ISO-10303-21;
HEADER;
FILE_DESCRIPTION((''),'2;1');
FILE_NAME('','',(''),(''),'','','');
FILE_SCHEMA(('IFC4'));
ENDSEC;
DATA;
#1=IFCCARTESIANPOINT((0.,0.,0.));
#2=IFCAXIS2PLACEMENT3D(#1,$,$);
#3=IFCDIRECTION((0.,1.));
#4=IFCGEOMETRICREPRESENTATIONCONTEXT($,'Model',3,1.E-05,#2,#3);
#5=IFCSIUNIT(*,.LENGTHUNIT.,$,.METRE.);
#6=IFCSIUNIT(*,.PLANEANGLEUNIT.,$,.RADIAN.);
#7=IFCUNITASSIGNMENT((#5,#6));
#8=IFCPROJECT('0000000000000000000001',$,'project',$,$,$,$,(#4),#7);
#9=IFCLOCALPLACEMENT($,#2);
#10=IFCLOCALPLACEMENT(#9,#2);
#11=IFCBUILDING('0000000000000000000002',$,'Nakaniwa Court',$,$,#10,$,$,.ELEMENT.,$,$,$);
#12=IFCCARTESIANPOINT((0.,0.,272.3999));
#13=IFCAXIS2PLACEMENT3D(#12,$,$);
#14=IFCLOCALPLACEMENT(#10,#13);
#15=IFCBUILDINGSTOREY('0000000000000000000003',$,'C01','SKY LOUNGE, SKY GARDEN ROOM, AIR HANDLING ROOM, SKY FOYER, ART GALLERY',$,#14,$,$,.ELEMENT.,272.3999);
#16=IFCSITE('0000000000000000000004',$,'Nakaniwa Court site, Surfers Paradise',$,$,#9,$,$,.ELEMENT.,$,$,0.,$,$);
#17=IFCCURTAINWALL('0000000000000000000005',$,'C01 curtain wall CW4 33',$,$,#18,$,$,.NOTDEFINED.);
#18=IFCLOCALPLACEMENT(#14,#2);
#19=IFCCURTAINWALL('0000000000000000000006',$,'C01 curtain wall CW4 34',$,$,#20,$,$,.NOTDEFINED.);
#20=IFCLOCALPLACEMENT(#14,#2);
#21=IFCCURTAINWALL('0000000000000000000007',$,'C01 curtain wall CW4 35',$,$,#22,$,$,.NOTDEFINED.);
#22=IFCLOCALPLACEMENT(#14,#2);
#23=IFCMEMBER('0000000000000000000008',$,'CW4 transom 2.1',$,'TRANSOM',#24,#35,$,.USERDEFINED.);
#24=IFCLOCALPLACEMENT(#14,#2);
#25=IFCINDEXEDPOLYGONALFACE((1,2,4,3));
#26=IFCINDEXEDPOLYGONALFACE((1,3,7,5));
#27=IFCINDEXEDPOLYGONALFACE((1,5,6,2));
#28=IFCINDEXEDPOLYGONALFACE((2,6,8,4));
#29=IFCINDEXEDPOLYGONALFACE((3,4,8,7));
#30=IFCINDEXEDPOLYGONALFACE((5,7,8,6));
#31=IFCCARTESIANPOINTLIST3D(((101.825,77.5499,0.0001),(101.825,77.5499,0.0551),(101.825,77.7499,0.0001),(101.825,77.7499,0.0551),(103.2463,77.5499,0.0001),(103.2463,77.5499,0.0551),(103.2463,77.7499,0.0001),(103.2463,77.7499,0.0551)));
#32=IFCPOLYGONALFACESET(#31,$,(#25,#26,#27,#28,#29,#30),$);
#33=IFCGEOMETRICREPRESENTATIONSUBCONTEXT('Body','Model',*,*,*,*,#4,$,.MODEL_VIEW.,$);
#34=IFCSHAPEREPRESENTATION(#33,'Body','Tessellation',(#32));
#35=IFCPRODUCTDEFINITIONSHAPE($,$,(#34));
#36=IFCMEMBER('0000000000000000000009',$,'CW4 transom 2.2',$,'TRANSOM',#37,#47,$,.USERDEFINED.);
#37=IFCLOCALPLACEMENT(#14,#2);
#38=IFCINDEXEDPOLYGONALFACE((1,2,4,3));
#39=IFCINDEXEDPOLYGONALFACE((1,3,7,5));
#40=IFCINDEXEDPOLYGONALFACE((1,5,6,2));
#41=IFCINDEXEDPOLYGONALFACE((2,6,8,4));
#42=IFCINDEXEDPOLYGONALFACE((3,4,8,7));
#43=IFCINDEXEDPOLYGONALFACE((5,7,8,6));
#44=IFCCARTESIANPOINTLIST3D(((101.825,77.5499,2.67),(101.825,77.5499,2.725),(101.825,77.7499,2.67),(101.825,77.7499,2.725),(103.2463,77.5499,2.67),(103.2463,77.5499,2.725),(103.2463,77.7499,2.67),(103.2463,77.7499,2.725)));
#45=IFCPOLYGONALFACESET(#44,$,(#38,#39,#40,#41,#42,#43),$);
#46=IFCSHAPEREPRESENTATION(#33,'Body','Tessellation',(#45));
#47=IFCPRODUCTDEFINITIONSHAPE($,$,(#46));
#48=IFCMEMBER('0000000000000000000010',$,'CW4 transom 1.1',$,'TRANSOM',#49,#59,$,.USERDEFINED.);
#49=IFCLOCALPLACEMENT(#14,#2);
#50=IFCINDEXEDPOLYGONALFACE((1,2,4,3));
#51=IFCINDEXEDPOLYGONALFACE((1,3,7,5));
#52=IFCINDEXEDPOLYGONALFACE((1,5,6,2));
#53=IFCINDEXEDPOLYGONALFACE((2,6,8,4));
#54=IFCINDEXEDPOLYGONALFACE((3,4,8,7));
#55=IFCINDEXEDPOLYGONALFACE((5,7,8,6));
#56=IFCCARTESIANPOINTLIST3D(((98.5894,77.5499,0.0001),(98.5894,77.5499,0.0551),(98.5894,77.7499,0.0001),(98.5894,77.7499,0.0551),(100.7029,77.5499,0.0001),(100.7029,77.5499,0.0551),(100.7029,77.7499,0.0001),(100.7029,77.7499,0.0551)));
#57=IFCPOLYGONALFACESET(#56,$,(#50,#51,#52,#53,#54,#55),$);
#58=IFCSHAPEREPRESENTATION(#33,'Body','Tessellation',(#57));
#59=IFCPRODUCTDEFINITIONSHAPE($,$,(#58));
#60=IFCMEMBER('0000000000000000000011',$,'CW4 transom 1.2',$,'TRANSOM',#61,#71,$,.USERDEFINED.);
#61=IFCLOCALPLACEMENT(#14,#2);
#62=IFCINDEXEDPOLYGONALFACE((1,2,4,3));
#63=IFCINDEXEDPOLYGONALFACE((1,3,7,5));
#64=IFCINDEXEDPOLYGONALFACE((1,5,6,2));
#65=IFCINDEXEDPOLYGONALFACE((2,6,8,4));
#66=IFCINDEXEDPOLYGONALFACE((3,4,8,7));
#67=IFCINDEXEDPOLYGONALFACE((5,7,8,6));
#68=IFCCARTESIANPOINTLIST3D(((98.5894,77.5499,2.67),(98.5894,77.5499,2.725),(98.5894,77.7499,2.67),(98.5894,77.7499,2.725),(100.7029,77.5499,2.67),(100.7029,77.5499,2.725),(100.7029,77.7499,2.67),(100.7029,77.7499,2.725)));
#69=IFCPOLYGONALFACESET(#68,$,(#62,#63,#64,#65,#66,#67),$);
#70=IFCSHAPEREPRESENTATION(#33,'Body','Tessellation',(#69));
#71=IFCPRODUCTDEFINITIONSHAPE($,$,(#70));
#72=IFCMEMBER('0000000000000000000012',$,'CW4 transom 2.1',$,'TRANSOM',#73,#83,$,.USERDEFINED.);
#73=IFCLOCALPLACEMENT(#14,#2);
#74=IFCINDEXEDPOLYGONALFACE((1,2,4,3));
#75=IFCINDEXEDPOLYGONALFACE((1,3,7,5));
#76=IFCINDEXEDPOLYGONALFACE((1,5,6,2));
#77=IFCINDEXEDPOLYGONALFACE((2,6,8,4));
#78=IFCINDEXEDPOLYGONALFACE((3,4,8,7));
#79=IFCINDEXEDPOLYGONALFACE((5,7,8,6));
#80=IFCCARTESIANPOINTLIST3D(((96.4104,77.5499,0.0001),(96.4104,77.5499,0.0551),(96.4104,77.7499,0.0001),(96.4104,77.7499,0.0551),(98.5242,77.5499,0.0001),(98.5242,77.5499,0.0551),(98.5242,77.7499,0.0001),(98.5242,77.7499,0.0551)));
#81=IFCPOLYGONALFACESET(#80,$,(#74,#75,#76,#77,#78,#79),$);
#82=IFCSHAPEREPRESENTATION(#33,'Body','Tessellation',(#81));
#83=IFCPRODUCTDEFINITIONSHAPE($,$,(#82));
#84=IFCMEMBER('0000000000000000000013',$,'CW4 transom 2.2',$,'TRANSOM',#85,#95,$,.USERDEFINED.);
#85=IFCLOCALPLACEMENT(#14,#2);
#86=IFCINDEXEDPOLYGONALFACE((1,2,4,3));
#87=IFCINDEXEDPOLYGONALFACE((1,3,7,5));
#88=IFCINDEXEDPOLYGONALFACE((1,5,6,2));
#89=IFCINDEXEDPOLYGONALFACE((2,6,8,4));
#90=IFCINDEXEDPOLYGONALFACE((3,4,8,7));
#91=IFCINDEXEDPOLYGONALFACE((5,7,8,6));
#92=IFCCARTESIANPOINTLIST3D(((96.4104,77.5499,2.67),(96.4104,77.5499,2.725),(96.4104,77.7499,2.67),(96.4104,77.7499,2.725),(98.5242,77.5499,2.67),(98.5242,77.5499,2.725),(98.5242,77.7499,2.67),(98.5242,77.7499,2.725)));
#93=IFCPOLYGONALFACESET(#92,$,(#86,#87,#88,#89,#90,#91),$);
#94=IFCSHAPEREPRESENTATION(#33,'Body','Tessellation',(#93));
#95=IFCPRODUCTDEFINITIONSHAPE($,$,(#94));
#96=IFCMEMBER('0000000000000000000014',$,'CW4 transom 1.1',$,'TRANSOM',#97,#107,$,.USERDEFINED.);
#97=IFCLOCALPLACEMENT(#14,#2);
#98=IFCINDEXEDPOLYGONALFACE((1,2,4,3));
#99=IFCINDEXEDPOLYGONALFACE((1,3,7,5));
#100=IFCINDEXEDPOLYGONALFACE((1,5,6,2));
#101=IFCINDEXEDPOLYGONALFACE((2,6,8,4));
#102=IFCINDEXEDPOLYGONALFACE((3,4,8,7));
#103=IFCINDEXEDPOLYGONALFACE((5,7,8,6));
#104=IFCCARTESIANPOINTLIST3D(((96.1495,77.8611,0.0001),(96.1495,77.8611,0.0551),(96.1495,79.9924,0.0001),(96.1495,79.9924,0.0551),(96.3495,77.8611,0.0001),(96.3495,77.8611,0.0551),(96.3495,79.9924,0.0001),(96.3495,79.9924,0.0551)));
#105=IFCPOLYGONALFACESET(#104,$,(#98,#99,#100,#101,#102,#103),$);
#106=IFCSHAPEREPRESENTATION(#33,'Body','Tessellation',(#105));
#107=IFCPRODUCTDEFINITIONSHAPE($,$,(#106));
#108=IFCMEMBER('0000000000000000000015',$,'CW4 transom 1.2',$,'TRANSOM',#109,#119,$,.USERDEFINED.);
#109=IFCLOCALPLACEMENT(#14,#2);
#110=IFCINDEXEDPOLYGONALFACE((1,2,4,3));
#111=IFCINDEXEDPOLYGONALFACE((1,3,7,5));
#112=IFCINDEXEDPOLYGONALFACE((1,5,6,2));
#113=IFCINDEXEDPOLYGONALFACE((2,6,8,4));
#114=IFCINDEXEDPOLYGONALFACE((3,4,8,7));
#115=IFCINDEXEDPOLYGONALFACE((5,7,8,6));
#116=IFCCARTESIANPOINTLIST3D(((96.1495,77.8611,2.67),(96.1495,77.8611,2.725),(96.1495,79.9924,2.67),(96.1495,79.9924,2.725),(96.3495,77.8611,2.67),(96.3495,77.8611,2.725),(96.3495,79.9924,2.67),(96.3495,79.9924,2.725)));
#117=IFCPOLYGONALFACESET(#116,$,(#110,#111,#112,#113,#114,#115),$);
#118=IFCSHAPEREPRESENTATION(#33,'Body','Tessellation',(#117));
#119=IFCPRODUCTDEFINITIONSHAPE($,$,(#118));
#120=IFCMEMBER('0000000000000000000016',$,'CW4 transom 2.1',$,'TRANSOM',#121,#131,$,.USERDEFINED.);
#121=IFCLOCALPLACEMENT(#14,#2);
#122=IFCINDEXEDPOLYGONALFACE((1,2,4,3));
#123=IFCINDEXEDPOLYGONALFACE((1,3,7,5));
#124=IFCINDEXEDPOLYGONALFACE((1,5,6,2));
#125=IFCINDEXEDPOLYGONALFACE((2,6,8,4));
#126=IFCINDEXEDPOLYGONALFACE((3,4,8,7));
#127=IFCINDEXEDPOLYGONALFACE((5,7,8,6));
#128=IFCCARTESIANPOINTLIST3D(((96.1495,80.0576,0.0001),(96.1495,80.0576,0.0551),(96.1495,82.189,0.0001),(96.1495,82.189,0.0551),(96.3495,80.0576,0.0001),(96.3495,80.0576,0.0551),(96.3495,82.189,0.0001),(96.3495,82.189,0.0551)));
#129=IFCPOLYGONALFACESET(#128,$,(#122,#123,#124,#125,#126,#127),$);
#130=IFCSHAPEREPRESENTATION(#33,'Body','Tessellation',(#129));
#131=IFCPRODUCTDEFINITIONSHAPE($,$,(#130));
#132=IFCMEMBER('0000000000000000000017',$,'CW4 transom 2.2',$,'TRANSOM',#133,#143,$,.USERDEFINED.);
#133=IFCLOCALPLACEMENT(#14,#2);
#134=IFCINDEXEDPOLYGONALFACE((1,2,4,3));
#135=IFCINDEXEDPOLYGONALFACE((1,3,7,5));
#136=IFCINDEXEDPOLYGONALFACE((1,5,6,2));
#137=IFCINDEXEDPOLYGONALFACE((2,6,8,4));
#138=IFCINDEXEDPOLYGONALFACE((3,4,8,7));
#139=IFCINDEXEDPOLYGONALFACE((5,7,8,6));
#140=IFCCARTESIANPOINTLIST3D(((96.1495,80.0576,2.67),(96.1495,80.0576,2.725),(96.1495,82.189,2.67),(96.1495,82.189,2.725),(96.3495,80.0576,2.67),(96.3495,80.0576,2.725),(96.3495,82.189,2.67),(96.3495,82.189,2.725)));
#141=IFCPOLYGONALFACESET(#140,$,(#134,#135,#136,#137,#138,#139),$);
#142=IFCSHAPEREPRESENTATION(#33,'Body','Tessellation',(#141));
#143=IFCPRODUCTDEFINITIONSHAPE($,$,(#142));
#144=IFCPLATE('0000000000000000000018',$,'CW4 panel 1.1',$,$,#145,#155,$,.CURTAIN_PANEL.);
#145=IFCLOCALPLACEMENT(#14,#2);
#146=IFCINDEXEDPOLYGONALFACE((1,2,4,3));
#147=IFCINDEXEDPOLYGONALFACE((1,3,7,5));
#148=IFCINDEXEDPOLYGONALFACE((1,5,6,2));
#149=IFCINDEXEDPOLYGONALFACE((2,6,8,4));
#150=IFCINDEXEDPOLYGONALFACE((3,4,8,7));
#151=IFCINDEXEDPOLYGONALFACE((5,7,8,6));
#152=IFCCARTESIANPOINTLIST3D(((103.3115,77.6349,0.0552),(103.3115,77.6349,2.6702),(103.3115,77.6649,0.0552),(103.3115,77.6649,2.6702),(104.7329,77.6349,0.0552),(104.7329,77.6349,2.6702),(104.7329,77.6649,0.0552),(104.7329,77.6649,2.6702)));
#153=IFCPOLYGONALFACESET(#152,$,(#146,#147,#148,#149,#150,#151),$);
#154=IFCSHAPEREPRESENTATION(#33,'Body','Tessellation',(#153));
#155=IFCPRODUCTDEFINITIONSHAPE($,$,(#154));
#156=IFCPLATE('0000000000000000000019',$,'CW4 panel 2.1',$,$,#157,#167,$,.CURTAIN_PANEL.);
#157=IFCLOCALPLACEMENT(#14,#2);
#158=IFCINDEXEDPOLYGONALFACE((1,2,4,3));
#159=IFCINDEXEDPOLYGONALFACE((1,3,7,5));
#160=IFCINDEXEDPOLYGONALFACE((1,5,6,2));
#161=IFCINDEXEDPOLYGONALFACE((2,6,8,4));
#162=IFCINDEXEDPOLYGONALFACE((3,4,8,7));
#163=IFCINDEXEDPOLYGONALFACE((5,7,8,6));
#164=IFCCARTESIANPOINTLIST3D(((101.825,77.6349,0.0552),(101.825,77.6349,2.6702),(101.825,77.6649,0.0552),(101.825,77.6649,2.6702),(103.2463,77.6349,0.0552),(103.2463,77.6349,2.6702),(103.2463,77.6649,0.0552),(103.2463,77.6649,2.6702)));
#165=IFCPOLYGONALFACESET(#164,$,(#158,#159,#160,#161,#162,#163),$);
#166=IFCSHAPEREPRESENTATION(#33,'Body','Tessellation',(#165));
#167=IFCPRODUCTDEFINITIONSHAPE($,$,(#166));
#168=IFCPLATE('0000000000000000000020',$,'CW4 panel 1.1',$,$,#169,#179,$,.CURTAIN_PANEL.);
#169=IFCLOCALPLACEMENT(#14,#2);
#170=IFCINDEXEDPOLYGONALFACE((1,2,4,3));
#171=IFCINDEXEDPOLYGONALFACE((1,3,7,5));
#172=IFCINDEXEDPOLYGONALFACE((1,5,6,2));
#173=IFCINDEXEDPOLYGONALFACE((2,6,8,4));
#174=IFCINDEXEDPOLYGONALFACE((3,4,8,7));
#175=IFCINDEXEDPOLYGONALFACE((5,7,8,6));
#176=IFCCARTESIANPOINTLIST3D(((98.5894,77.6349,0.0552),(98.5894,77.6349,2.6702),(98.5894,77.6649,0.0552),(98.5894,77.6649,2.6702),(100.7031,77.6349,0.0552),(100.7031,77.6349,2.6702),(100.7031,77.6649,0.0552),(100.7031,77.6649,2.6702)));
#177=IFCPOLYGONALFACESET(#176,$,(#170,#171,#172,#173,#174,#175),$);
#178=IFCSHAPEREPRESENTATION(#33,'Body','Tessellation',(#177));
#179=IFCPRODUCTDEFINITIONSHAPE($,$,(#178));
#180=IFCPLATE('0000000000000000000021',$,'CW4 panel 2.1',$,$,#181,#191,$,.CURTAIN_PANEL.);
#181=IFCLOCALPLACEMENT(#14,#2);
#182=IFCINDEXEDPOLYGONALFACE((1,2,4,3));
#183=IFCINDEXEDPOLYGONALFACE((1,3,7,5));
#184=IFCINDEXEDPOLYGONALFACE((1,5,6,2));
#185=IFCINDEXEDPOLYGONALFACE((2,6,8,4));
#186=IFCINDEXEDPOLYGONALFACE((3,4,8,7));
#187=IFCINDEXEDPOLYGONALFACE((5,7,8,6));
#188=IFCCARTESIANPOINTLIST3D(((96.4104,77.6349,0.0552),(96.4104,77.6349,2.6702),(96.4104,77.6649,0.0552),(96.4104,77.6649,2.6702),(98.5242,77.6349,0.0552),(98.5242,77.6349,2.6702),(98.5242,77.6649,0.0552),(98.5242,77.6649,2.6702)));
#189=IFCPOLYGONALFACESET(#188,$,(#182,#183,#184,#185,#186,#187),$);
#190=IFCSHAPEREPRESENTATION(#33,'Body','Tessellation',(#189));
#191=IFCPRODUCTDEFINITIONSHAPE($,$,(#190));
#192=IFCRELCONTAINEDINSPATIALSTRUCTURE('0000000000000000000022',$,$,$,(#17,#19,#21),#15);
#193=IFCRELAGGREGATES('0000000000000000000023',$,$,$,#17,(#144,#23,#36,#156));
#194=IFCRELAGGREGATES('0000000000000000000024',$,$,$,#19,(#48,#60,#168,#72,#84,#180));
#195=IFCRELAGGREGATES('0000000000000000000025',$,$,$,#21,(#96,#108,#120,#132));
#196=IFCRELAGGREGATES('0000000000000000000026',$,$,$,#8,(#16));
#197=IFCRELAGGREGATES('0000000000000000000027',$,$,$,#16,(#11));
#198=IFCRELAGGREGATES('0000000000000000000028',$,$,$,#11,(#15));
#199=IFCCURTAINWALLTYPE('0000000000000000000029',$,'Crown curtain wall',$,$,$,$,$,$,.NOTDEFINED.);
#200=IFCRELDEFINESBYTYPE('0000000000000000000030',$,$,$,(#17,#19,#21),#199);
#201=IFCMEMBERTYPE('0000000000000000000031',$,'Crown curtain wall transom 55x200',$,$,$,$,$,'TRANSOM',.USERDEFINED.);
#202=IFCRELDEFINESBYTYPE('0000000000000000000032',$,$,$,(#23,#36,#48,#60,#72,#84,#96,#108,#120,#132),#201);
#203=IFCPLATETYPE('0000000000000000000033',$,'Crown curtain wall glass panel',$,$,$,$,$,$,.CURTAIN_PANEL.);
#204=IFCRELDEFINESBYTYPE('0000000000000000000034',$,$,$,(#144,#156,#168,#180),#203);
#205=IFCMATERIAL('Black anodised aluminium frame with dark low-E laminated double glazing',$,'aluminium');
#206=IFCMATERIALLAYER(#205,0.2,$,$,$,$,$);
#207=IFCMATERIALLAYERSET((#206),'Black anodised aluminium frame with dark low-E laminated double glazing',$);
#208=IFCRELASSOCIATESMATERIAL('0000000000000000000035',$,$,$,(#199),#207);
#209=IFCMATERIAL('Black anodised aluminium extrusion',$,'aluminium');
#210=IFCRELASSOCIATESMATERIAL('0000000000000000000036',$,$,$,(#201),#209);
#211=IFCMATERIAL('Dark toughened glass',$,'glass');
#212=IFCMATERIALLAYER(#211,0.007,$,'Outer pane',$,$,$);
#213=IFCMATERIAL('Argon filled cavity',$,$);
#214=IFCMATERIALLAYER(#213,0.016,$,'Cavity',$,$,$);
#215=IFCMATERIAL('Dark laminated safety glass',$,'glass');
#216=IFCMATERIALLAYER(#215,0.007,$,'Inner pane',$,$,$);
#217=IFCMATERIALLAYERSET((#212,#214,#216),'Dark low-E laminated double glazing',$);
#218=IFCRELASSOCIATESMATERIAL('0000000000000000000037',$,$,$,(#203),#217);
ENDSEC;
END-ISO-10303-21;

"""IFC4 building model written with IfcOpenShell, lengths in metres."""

from ifc_helpers import new_model, si_unit, direction, frame, origin, origin_2d, place, context, subcontext, project, spatial, rectangle, extrude, material, layer, layer_set, material_profile, profile_set, type_object, element, aggregate, save


model = new_model("IFC4")

# Units and contexts
model_context = context("Model", 3, precision=1e-05, world=origin(), true_north=direction((0.0, 1.0)))
body_context = subcontext(model_context, "Body", "Model", "MODEL_VIEW")
ifc_project = project(units=[si_unit("LENGTHUNIT", "METRE"), si_unit("PLANEANGLEUNIT", "RADIAN")], contexts=[model_context])

# Site, building, storey
site_placement = place(None, origin())
site = spatial("IfcSite", under=ifc_project, at=site_placement, Name="Nakaniwa Court site, Surfers Paradise", CompositionType="ELEMENT", RefElevation=0.0)
building_placement = place(site_placement, origin())
building = spatial("IfcBuilding", under=site, at=building_placement, Name="Nakaniwa Court", CompositionType="ELEMENT")
storey_placement = place(building_placement, frame((0.0, 0.0, 272.3999)))
storey = spatial("IfcBuildingStorey", under=building, at=storey_placement, Name="C01", Description="SKY LOUNGE, SKY GARDEN ROOM, AIR HANDLING ROOM, SKY FOYER, ART GALLERY", CompositionType="ELEMENT", Elevation=272.3999)

# Shared definitions
ifc_material_1 = material(Name="Black anodised aluminium frame with dark low-E laminated double glazing", Category="aluminium")
ifc_layer_1 = layer(ifc_material_1, 0.2)
ifc_layer_set_1 = layer_set([ifc_layer_1], Name="Black anodised aluminium frame with dark low-E laminated double glazing")
curtain_wall_type = type_object("IfcCurtainWallType", Name="Crown curtain wall", PredefinedType="NOTDEFINED", material=ifc_layer_set_1)
ifc_material_2 = material(Name="Black anodised aluminium extrusion", Category="aluminium")

# Curtain walls
curtain_wall_1_placement = place(storey_placement, origin())
curtain_wall_1 = element("IfcCurtainWall", 1, at=curtain_wall_1_placement, inside=storey, type_object=curtain_wall_type, Name="C01 curtain wall CW4 33", PredefinedType="NOTDEFINED")
curtain_wall_2_placement = place(storey_placement, origin())
curtain_wall_2 = element("IfcCurtainWall", 2, at=curtain_wall_2_placement, inside=storey, type_object=curtain_wall_type, Name="C01 curtain wall CW4 34", PredefinedType="NOTDEFINED")
curtain_wall_3_placement = place(storey_placement, origin())
curtain_wall_3 = element("IfcCurtainWall", 3, at=curtain_wall_3_placement, inside=storey, type_object=curtain_wall_type, Name="C01 curtain wall CW4 35", PredefinedType="NOTDEFINED")

# Members
ifc_material_profile_1 = material_profile(ifc_material_2, rectangle(XDim=0.2, YDim=0.0549, at=origin_2d()), Name="Crown curtain wall transom 55x200")
ifc_profile_set_1 = profile_set([ifc_material_profile_1], Name="Black anodised aluminium extrusion")
member_type_1 = type_object("IfcMemberType", Name="Crown curtain wall transom 55x200", ElementType="TRANSOM", PredefinedType="USERDEFINED", material=ifc_profile_set_1)
member_1_placement = place(storey_placement, frame((103.2463, 77.6499, 0.0276), z_axis=(-1.0, 0.0, 0.0), x_axis=(0.0, -1.0, 0.0)))
member_1 = element("IfcMember", 4, at=member_1_placement, type_object=member_type_1, Name="CW4 transom 2.1", ObjectType="TRANSOM", PredefinedType="USERDEFINED", context=body_context, shape_type="SweptSolid", body=[
    extrude(rectangle(XDim=0.2, YDim=0.0549, at=origin_2d()), origin(), (0.0, 0.0, 1.0), 1.4214),
])
member_2_placement = place(storey_placement, frame((103.2463, 77.6499, 2.6975), z_axis=(-1.0, 0.0, 0.0), x_axis=(0.0, -1.0, 0.0)))
member_2 = element("IfcMember", 5, at=member_2_placement, type_object=member_type_1, Name="CW4 transom 2.2", ObjectType="TRANSOM", PredefinedType="USERDEFINED", context=body_context, shape_type="SweptSolid", body=[
    extrude(rectangle(XDim=0.2, YDim=0.0549, at=origin_2d()), origin(), (0.0, 0.0, 1.0), 1.4214),
])
member_3_placement = place(storey_placement, frame((100.7029, 77.6499, 0.0276), z_axis=(-1.0, 0.0, 0.0), x_axis=(0.0, -1.0, 0.0)))
member_3 = element("IfcMember", 6, at=member_3_placement, type_object=member_type_1, Name="CW4 transom 1.1", ObjectType="TRANSOM", PredefinedType="USERDEFINED", context=body_context, shape_type="SweptSolid", body=[
    extrude(rectangle(XDim=0.2, YDim=0.0549, at=origin_2d()), origin(), (0.0, 0.0, 1.0), 2.1135),
])
member_4_placement = place(storey_placement, frame((100.7029, 77.6499, 2.6975), z_axis=(-1.0, 0.0, 0.0), x_axis=(0.0, -1.0, 0.0)))
member_4 = element("IfcMember", 7, at=member_4_placement, type_object=member_type_1, Name="CW4 transom 1.2", ObjectType="TRANSOM", PredefinedType="USERDEFINED", context=body_context, shape_type="SweptSolid", body=[
    extrude(rectangle(XDim=0.2, YDim=0.0549, at=origin_2d()), origin(), (0.0, 0.0, 1.0), 2.1135),
])
member_5_placement = place(storey_placement, frame((98.5242, 77.6499, 0.0276), z_axis=(-1.0, 0.0, 0.0), x_axis=(0.0, -1.0, 0.0)))
member_5 = element("IfcMember", 8, at=member_5_placement, type_object=member_type_1, Name="CW4 transom 2.1", ObjectType="TRANSOM", PredefinedType="USERDEFINED", context=body_context, shape_type="SweptSolid", body=[
    extrude(rectangle(XDim=0.2, YDim=0.0549, at=origin_2d()), origin(), (0.0, 0.0, 1.0), 2.1138),
])
member_6_placement = place(storey_placement, frame((98.5242, 77.6499, 2.6975), z_axis=(-1.0, 0.0, 0.0), x_axis=(0.0, -1.0, 0.0)))
member_6 = element("IfcMember", 9, at=member_6_placement, type_object=member_type_1, Name="CW4 transom 2.2", ObjectType="TRANSOM", PredefinedType="USERDEFINED", context=body_context, shape_type="SweptSolid", body=[
    extrude(rectangle(XDim=0.2, YDim=0.0549, at=origin_2d()), origin(), (0.0, 0.0, 1.0), 2.1138),
])
member_7_placement = place(storey_placement, frame((96.2495, 77.8611, 0.0276), z_axis=(0.0, 1.0, 0.0), x_axis=(-1.0, 0.0, 0.0)))
member_7 = element("IfcMember", 10, at=member_7_placement, type_object=member_type_1, Name="CW4 transom 1.1", ObjectType="TRANSOM", PredefinedType="USERDEFINED", context=body_context, shape_type="SweptSolid", body=[
    extrude(rectangle(XDim=0.2, YDim=0.0549, at=origin_2d()), origin(), (0.0, 0.0, 1.0), 2.1313),
])
member_8_placement = place(storey_placement, frame((96.2495, 77.8611, 2.6975), z_axis=(0.0, 1.0, 0.0), x_axis=(-1.0, 0.0, 0.0)))
member_8 = element("IfcMember", 11, at=member_8_placement, type_object=member_type_1, Name="CW4 transom 1.2", ObjectType="TRANSOM", PredefinedType="USERDEFINED", context=body_context, shape_type="SweptSolid", body=[
    extrude(rectangle(XDim=0.2, YDim=0.0549, at=origin_2d()), origin(), (0.0, 0.0, 1.0), 2.1313),
])
member_9_placement = place(storey_placement, frame((96.2495, 80.0576, 0.0276), z_axis=(0.0, 1.0, 0.0), x_axis=(-1.0, 0.0, 0.0)))
member_9 = element("IfcMember", 12, at=member_9_placement, type_object=member_type_1, Name="CW4 transom 2.1", ObjectType="TRANSOM", PredefinedType="USERDEFINED", context=body_context, shape_type="SweptSolid", body=[
    extrude(rectangle(XDim=0.2, YDim=0.0549, at=origin_2d()), origin(), (0.0, 0.0, 1.0), 2.1313),
])
member_10_placement = place(storey_placement, frame((96.2495, 80.0576, 2.6975), z_axis=(0.0, 1.0, 0.0), x_axis=(-1.0, 0.0, 0.0)))
member_10 = element("IfcMember", 13, at=member_10_placement, type_object=member_type_1, Name="CW4 transom 2.2", ObjectType="TRANSOM", PredefinedType="USERDEFINED", context=body_context, shape_type="SweptSolid", body=[
    extrude(rectangle(XDim=0.2, YDim=0.0549, at=origin_2d()), origin(), (0.0, 0.0, 1.0), 2.1313),
])

# Plates
ifc_material_3 = material(Name="Dark toughened glass", Category="glass")
ifc_layer_2 = layer(ifc_material_3, 0.007, Name="Outer pane")
ifc_material_4 = material(Name="Argon filled cavity")
ifc_layer_3 = layer(ifc_material_4, 0.016, Name="Cavity")
ifc_material_5 = material(Name="Dark laminated safety glass", Category="glass")
ifc_layer_4 = layer(ifc_material_5, 0.007, Name="Inner pane")
ifc_layer_set_2 = layer_set([ifc_layer_2, ifc_layer_3, ifc_layer_4], Name="Dark low-E laminated double glazing")
plate_type = type_object("IfcPlateType", Name="Crown curtain wall glass panel", PredefinedType="CURTAIN_PANEL", material=ifc_layer_set_2)
plate_1_placement = place(storey_placement, frame((104.0222, 77.6499, 0.0552), z_axis=(0.0, 0.0, 1.0), x_axis=(-1.0, 0.0, 0.0)))
plate_1 = element("IfcPlate", 14, at=plate_1_placement, type_object=plate_type, Name="CW4 panel 1.1", PredefinedType="CURTAIN_PANEL", context=body_context, shape_type="SweptSolid", body=[
    extrude(rectangle(XDim=1.4214, YDim=0.03, at=origin_2d()), origin(), (0.0, 0.0, 1.0), 2.615),
])
plate_2_placement = place(storey_placement, frame((102.5356, 77.6499, 0.0552), z_axis=(0.0, 0.0, 1.0), x_axis=(-1.0, 0.0, 0.0)))
plate_2 = element("IfcPlate", 15, at=plate_2_placement, type_object=plate_type, Name="CW4 panel 2.1", PredefinedType="CURTAIN_PANEL", context=body_context, shape_type="SweptSolid", body=[
    extrude(rectangle(XDim=1.4214, YDim=0.03, at=origin_2d()), origin(), (0.0, 0.0, 1.0), 2.615),
])
aggregate(curtain_wall_1, [plate_1, member_1, member_2, plate_2])
plate_3_placement = place(storey_placement, frame((99.6462, 77.6499, 0.0552), z_axis=(0.0, 0.0, 1.0), x_axis=(-1.0, 0.0, 0.0)))
plate_3 = element("IfcPlate", 16, at=plate_3_placement, type_object=plate_type, Name="CW4 panel 1.1", PredefinedType="CURTAIN_PANEL", context=body_context, shape_type="SweptSolid", body=[
    extrude(rectangle(XDim=2.1138, YDim=0.03, at=origin_2d()), origin(), (0.0, 0.0, 1.0), 2.615),
])
plate_4_placement = place(storey_placement, frame((97.4673, 77.6499, 0.0552), z_axis=(0.0, 0.0, 1.0), x_axis=(-1.0, 0.0, 0.0)))
plate_4 = element("IfcPlate", 17, at=plate_4_placement, type_object=plate_type, Name="CW4 panel 2.1", PredefinedType="CURTAIN_PANEL", context=body_context, shape_type="SweptSolid", body=[
    extrude(rectangle(XDim=2.1138, YDim=0.03, at=origin_2d()), origin(), (0.0, 0.0, 1.0), 2.615),
])
aggregate(curtain_wall_2, [member_3, member_4, plate_3, member_5, member_6, plate_4])
aggregate(curtain_wall_3, [member_7, member_8, member_9, member_10])

save(model, "model.ifc")
